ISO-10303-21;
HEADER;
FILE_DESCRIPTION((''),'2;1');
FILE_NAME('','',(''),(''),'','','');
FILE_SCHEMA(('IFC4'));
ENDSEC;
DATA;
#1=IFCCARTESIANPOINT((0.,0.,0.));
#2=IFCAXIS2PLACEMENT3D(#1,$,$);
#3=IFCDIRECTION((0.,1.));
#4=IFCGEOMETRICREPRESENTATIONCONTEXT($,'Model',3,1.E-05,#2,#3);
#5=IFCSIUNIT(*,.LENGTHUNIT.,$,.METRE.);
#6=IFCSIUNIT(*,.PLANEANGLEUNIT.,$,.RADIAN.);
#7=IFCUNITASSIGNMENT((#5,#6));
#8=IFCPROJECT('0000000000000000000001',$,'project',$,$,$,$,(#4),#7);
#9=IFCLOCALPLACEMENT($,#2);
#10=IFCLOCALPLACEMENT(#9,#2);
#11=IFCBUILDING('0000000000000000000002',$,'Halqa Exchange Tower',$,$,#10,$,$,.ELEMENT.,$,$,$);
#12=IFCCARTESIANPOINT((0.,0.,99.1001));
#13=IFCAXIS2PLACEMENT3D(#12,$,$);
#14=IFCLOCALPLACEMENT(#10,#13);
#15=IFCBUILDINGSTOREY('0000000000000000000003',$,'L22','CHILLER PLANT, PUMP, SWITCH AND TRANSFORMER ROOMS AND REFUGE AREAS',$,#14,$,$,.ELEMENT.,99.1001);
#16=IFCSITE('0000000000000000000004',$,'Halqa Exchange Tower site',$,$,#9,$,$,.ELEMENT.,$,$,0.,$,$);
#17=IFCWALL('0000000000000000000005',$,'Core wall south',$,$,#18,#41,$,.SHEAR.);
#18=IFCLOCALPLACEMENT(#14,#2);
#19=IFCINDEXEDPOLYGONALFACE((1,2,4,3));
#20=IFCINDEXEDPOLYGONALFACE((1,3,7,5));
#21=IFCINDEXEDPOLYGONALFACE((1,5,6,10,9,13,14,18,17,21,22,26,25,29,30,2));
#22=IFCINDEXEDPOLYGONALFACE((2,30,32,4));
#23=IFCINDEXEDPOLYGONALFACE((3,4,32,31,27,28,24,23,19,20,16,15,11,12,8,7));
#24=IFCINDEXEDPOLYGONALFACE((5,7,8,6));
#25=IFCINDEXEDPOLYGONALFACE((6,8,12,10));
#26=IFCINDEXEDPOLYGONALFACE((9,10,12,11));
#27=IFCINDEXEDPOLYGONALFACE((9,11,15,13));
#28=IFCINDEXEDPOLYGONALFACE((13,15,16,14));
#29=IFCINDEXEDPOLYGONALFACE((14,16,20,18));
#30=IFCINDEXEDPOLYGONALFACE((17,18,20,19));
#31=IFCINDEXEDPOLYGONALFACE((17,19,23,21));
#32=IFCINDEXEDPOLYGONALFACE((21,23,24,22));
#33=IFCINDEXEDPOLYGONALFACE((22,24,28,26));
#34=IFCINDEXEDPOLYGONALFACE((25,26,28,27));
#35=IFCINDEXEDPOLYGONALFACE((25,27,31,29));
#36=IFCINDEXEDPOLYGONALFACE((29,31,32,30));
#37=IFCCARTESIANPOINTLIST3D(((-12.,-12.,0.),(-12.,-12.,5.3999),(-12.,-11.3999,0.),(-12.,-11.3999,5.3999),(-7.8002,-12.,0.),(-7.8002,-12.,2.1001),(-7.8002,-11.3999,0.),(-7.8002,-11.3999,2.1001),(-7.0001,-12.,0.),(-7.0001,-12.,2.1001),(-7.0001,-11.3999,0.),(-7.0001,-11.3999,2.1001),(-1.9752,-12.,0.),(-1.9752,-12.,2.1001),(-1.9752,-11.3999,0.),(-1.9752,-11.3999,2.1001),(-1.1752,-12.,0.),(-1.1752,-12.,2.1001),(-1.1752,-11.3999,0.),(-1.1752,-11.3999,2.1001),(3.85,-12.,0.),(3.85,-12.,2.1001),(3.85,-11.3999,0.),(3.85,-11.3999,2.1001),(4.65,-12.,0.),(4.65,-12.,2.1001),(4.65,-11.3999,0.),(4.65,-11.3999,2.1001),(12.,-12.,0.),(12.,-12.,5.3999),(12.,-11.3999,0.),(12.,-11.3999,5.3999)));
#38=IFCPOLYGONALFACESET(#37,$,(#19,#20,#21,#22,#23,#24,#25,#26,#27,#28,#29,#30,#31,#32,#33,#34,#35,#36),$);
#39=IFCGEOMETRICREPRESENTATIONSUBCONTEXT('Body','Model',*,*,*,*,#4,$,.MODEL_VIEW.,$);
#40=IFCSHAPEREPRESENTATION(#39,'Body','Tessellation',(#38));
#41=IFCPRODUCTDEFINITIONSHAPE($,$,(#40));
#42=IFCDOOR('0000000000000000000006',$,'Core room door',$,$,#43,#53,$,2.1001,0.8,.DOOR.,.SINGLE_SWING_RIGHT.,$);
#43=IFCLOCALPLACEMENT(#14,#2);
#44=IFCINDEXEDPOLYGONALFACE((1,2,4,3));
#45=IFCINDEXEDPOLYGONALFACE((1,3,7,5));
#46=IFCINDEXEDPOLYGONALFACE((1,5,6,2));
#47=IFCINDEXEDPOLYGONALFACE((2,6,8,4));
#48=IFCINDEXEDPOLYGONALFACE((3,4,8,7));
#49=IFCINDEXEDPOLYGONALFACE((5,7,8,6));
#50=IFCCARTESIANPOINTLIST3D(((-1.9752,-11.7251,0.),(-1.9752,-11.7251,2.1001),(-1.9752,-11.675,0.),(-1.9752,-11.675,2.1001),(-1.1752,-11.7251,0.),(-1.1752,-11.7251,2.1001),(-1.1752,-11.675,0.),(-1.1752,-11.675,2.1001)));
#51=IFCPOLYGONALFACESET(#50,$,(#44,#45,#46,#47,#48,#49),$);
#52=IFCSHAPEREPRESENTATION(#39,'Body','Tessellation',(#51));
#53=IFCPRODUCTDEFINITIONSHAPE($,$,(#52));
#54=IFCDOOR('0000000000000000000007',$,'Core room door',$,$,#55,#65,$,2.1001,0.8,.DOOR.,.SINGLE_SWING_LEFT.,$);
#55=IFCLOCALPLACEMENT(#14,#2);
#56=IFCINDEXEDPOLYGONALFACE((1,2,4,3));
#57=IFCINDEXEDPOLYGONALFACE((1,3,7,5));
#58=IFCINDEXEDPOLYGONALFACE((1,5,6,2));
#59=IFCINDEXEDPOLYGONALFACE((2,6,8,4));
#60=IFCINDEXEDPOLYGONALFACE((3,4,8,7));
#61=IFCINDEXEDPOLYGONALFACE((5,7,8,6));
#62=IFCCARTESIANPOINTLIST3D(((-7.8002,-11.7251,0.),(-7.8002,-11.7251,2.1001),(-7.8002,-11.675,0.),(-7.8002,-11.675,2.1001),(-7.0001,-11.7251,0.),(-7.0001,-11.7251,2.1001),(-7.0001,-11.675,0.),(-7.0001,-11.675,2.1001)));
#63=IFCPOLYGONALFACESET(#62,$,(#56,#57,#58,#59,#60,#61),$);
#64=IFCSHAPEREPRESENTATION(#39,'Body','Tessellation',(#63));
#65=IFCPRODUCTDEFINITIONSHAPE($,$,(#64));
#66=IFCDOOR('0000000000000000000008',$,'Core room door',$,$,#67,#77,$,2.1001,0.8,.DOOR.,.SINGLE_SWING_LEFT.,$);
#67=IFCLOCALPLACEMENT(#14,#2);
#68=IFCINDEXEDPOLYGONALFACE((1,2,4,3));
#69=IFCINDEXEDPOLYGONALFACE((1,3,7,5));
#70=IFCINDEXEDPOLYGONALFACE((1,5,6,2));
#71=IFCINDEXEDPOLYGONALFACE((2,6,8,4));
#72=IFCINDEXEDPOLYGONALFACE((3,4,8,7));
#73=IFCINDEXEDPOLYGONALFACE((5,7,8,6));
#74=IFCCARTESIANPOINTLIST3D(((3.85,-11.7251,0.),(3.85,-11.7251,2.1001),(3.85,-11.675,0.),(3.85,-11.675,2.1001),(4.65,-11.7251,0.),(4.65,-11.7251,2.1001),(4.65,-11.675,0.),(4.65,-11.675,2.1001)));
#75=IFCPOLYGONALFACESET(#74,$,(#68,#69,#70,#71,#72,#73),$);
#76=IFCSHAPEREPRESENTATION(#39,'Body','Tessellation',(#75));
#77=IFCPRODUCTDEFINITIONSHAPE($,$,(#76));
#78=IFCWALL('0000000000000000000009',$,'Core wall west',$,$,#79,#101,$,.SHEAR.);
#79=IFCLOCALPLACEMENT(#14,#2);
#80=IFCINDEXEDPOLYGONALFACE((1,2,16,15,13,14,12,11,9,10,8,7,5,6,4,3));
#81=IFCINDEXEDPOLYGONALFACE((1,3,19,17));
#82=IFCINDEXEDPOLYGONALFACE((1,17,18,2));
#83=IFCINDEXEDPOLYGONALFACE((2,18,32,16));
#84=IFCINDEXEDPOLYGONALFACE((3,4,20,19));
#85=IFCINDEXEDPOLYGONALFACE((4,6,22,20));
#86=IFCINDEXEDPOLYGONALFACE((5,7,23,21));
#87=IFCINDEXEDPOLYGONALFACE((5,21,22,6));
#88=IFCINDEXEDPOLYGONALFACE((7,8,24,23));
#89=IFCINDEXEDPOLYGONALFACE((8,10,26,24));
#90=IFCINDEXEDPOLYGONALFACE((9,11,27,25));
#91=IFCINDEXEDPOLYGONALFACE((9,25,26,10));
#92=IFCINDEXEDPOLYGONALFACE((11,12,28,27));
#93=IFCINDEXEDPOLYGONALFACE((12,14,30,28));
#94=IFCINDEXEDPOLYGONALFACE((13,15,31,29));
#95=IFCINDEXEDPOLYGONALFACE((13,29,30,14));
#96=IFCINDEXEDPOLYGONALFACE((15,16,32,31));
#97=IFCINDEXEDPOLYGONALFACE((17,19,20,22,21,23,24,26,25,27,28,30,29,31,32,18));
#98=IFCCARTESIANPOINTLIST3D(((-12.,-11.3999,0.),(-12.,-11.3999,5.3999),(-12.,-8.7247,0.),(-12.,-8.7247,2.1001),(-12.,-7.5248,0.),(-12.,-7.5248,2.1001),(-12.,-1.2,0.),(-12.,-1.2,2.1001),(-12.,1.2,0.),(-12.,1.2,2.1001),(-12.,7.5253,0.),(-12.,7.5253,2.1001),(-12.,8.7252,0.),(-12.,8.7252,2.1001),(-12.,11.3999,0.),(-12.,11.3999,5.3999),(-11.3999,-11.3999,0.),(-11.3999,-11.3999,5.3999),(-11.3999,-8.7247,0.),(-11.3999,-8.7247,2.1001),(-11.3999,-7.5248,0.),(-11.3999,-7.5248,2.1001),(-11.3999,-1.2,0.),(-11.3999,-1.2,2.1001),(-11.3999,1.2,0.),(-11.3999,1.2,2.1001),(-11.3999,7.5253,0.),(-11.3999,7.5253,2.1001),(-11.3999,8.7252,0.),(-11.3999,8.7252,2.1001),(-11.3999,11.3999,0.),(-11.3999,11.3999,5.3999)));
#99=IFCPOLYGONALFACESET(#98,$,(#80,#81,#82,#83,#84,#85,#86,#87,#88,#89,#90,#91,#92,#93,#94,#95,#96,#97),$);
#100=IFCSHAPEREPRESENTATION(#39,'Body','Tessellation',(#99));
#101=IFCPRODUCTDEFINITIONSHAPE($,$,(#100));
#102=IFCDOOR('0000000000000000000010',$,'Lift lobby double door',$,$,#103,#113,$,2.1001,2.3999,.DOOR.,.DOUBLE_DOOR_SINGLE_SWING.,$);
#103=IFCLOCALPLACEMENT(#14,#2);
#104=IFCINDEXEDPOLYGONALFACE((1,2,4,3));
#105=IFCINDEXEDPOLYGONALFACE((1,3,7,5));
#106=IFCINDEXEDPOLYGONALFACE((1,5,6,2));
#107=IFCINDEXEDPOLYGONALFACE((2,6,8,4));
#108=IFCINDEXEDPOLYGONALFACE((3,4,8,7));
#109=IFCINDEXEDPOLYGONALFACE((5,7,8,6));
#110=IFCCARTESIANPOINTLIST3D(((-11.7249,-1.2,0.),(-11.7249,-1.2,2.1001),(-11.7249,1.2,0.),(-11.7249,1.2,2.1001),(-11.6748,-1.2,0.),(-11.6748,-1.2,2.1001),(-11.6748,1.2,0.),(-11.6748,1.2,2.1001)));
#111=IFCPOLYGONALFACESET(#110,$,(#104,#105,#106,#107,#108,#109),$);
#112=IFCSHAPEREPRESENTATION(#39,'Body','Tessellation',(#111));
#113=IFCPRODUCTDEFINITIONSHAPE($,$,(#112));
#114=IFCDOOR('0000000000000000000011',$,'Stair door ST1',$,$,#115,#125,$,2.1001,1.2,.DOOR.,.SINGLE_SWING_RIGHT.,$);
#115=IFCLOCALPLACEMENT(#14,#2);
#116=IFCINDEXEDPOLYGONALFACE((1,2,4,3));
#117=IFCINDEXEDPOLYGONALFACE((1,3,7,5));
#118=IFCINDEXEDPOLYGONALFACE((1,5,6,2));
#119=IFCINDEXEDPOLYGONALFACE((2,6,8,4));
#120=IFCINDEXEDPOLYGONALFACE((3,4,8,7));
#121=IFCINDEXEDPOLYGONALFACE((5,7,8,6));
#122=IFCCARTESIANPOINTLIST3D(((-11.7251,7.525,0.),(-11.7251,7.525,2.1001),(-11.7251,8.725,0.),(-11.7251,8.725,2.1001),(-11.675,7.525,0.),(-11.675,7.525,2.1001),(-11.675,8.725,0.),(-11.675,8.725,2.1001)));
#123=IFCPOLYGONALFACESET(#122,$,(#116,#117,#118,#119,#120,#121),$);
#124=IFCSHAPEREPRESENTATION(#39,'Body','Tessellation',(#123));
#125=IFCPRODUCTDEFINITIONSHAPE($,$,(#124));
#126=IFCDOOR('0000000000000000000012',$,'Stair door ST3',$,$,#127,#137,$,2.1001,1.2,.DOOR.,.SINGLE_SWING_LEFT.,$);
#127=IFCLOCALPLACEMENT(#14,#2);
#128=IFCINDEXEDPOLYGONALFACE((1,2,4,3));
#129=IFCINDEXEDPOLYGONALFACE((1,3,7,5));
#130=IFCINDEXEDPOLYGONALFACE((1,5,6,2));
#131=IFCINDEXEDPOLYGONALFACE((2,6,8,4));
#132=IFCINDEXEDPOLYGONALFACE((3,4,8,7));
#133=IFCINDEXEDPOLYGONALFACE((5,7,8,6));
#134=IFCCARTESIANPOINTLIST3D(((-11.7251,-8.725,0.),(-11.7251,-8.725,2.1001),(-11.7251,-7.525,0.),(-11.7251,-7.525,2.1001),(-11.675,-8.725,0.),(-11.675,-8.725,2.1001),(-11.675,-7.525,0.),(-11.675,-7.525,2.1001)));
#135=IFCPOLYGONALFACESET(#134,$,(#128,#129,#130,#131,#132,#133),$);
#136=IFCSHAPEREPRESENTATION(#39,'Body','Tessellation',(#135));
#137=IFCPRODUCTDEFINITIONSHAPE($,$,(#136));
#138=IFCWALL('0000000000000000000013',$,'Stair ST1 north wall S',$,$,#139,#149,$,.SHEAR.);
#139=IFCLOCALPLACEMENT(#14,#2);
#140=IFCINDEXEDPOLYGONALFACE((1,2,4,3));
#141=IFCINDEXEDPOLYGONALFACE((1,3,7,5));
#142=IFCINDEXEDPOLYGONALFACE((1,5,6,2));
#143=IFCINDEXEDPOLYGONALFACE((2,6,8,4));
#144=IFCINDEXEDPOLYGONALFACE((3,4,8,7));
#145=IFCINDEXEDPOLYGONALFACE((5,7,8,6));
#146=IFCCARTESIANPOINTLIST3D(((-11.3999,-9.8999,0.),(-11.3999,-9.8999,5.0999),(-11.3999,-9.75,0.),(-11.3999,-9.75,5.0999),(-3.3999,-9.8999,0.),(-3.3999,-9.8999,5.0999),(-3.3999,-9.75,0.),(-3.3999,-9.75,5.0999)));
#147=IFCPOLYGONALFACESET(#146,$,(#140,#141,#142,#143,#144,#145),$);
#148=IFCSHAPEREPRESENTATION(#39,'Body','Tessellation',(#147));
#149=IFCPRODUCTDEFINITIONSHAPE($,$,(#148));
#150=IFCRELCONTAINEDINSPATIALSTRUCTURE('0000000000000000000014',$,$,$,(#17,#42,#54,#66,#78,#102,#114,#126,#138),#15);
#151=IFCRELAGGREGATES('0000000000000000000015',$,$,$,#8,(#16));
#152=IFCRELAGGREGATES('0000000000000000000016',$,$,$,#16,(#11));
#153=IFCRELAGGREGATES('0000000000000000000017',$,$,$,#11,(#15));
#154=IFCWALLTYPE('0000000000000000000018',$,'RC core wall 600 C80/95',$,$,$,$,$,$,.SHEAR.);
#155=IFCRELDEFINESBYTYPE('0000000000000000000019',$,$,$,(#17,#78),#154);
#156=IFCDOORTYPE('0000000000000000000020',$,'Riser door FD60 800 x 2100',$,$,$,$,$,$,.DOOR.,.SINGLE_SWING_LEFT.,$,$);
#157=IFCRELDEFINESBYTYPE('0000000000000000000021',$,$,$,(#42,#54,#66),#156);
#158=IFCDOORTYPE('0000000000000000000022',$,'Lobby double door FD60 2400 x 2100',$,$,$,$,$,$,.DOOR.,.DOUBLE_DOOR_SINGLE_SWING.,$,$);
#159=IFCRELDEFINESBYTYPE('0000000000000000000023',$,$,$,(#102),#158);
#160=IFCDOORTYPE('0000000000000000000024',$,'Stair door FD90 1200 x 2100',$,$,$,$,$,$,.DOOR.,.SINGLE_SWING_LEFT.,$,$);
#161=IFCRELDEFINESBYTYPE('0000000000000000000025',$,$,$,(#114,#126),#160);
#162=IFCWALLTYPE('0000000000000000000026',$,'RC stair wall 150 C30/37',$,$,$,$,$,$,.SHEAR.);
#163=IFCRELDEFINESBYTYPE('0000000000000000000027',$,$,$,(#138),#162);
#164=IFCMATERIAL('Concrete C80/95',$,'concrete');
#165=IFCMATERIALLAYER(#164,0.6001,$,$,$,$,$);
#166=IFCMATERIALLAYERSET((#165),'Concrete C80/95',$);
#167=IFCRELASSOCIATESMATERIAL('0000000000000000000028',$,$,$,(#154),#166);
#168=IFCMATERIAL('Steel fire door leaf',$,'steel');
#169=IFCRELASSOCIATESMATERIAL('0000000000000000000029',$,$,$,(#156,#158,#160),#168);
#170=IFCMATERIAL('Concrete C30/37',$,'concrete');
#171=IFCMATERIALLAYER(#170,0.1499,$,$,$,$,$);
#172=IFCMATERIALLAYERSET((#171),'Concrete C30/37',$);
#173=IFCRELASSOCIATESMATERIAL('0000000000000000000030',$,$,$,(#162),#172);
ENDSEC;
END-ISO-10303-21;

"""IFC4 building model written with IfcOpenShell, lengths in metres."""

from ifc_helpers import new_model, si_unit, direction, frame, frame_2d, origin, place, context, subcontext, project, spatial, rectangle, extrude, material, layer, layer_set, type_object, element, fill, save


model = new_model("IFC4")

# Units and contexts
model_context = context("Model", 3, precision=1e-05, world=origin(), true_north=direction((0.0, 1.0)))
body_context = subcontext(model_context, "Body", "Model", "MODEL_VIEW")
ifc_project = project(units=[si_unit("LENGTHUNIT", "METRE"), si_unit("PLANEANGLEUNIT", "RADIAN")], contexts=[model_context])

# Site, building, storey
site_placement = place(None, origin())
site = spatial("IfcSite", under=ifc_project, at=site_placement, Name="Halqa Exchange Tower site", CompositionType="ELEMENT", RefElevation=0.0)
building_placement = place(site_placement, origin())
building = spatial("IfcBuilding", under=site, at=building_placement, Name="Halqa Exchange Tower", CompositionType="ELEMENT")
storey_placement = place(building_placement, frame((0.0, 0.0, 99.1001)))
storey = spatial("IfcBuildingStorey", under=building, at=storey_placement, Name="L22", Description="CHILLER PLANT, PUMP, SWITCH AND TRANSFORMER ROOMS AND REFUGE AREAS", CompositionType="ELEMENT", Elevation=99.1001)

# Shared definitions
ifc_material_1 = material(Name="Steel fire door leaf", Category="steel")

# Walls, openings, doors
ifc_material_2 = material(Name="Concrete C80/95", Category="concrete")
ifc_layer_1 = layer(ifc_material_2, 0.6001)
ifc_layer_set_1 = layer_set([ifc_layer_1], Name="Concrete C80/95")
wall_type_1 = type_object("IfcWallType", Name="RC core wall 600 C80/95", PredefinedType="SHEAR", material=ifc_layer_set_1)
wall_1_placement = place(storey_placement, frame((-12.0, -11.7, 0.0), z_axis=(0.0, 0.0, 1.0), x_axis=(1.0, 0.0, 0.0)))
wall_1 = element("IfcWall", 1, at=wall_1_placement, inside=storey, type_object=wall_type_1, Name="Core wall south", PredefinedType="SHEAR", context=body_context, shape_type="SweptSolid", body=[
    extrude(rectangle(XDim=24.0, YDim=0.6001, at=frame_2d((12.0, 0.0))), origin(), (0.0, 0.0, 1.0), 5.3999),
])
opening_1_placement = place(wall_1_placement, frame((10.0249, 0.0, 0.0)))
opening_1 = element("IfcOpeningElement", 2, at=opening_1_placement, cuts=wall_1, PredefinedType="OPENING", context=body_context, shape_type="SweptSolid", body=[
    extrude(rectangle(XDim=0.8, YDim=2.1001, at=frame_2d((0.3999, 1.05))), frame((0.0, 0.312, 0.0), z_axis=(0.0, -1.0, 0.0), x_axis=(1.0, 0.0, 0.0)), (0.0, 0.0, 1.0), 0.624),
])
opening_2_placement = place(wall_1_placement, frame((4.2, 0.0, 0.0)))
opening_2 = element("IfcOpeningElement", 3, at=opening_2_placement, cuts=wall_1, PredefinedType="OPENING", context=body_context, shape_type="SweptSolid", body=[
    extrude(rectangle(XDim=0.8, YDim=2.1001, at=frame_2d((0.3999, 1.05))), frame((0.0, 0.312, 0.0), z_axis=(0.0, -1.0, 0.0), x_axis=(1.0, 0.0, 0.0)), (0.0, 0.0, 1.0), 0.624),
])
opening_3_placement = place(wall_1_placement, frame((15.8501, 0.0, 0.0)))
opening_3 = element("IfcOpeningElement", 4, at=opening_3_placement, cuts=wall_1, PredefinedType="OPENING", context=body_context, shape_type="SweptSolid", body=[
    extrude(rectangle(XDim=0.8, YDim=2.1001, at=frame_2d((0.3999, 1.05))), frame((0.0, 0.312, 0.0), z_axis=(0.0, -1.0, 0.0), x_axis=(1.0, 0.0, 0.0)), (0.0, 0.0, 1.0), 0.624),
])
door_type_1 = type_object("IfcDoorType", Name="Riser door FD60 800 x 2100", OperationType="SINGLE_SWING_LEFT", PredefinedType="DOOR", material=ifc_material_1)
door_1_placement = place(opening_1_placement, origin())
door_1 = element("IfcDoor", 5, at=door_1_placement, inside=storey, type_object=door_type_1, Name="Core room door", OperationType="SINGLE_SWING_RIGHT", OverallHeight=2.1001, OverallWidth=0.8, PredefinedType="DOOR", context=body_context, shape_type="SweptSolid", body=[
    extrude(rectangle(XDim=0.8, YDim=2.1001, at=frame_2d((0.3999, 1.05))), frame((0.0, 0.0249, 0.0), z_axis=(0.0, -1.0, 0.0), x_axis=(1.0, 0.0, 0.0)), (0.0, 0.0, 1.0), 0.05),
])
fill(opening_1, door_1)
door_2_placement = place(opening_2_placement, origin())
door_2 = element("IfcDoor", 6, at=door_2_placement, inside=storey, type_object=door_type_1, Name="Core room door", OperationType="SINGLE_SWING_LEFT", OverallHeight=2.1001, OverallWidth=0.8, PredefinedType="DOOR", context=body_context, shape_type="SweptSolid", body=[
    extrude(rectangle(XDim=0.8, YDim=2.1001, at=frame_2d((0.3999, 1.05))), frame((0.0, 0.0249, 0.0), z_axis=(0.0, -1.0, 0.0), x_axis=(1.0, 0.0, 0.0)), (0.0, 0.0, 1.0), 0.05),
])
fill(opening_2, door_2)
door_3_placement = place(opening_3_placement, origin())
door_3 = element("IfcDoor", 7, at=door_3_placement, inside=storey, type_object=door_type_1, Name="Core room door", OperationType="SINGLE_SWING_LEFT", OverallHeight=2.1001, OverallWidth=0.8, PredefinedType="DOOR", context=body_context, shape_type="SweptSolid", body=[
    extrude(rectangle(XDim=0.8, YDim=2.1001, at=frame_2d((0.3999, 1.05))), frame((0.0, 0.0249, 0.0), z_axis=(0.0, -1.0, 0.0), x_axis=(1.0, 0.0, 0.0)), (0.0, 0.0, 1.0), 0.05),
])
fill(opening_3, door_3)
wall_2_placement = place(storey_placement, frame((-11.7, -11.3999, 0.0), z_axis=(0.0, 0.0, 1.0), x_axis=(0.0, 1.0, 0.0)))
wall_2 = element("IfcWall", 8, at=wall_2_placement, inside=storey, type_object=wall_type_1, Name="Core wall west", PredefinedType="SHEAR", context=body_context, shape_type="SweptSolid", body=[
    extrude(rectangle(XDim=22.7998, YDim=0.6001, at=frame_2d((11.3999, 0.0))), origin(), (0.0, 0.0, 1.0), 5.3999),
])
opening_4_placement = place(wall_2_placement, frame((10.2, 0.0, 0.0)))
opening_4 = element("IfcOpeningElement", 9, at=opening_4_placement, cuts=wall_2, PredefinedType="OPENING", context=body_context, shape_type="SweptSolid", body=[
    extrude(rectangle(XDim=2.3999, YDim=2.1001, at=frame_2d((1.2, 1.05))), frame((0.0, 0.312, 0.0), z_axis=(0.0, -1.0, 0.0), x_axis=(1.0, 0.0, 0.0)), (0.0, 0.0, 1.0), 0.624),
])
opening_5_placement = place(wall_2_placement, frame((18.925, 0.0, 0.0)))
opening_5 = element("IfcOpeningElement", 10, at=opening_5_placement, cuts=wall_2, PredefinedType="OPENING", context=body_context, shape_type="SweptSolid", body=[
    extrude(rectangle(XDim=1.2, YDim=2.1001, at=frame_2d((0.6001, 1.05))), frame((0.0, 0.312, 0.0), z_axis=(0.0, -1.0, 0.0), x_axis=(1.0, 0.0, 0.0)), (0.0, 0.0, 1.0), 0.624),
])
opening_6_placement = place(wall_2_placement, frame((2.675, 0.0, 0.0)))
opening_6 = element("IfcOpeningElement", 11, at=opening_6_placement, cuts=wall_2, PredefinedType="OPENING", context=body_context, shape_type="SweptSolid", body=[
    extrude(rectangle(XDim=1.2, YDim=2.1001, at=frame_2d((0.6001, 1.05))), frame((0.0, 0.312, 0.0), z_axis=(0.0, -1.0, 0.0), x_axis=(1.0, 0.0, 0.0)), (0.0, 0.0, 1.0), 0.624),
])
door_type_2 = type_object("IfcDoorType", Name="Lobby double door FD60 2400 x 2100", OperationType="DOUBLE_DOOR_SINGLE_SWING", PredefinedType="DOOR", material=ifc_material_1)
door_4_placement = place(opening_4_placement, origin())
door_4 = element("IfcDoor", 12, at=door_4_placement, inside=storey, type_object=door_type_2, Name="Lift lobby double door", OperationType="DOUBLE_DOOR_SINGLE_SWING", OverallHeight=2.1001, OverallWidth=2.3999, PredefinedType="DOOR", context=body_context, shape_type="SweptSolid", body=[
    extrude(rectangle(XDim=2.3999, YDim=2.1001, at=frame_2d((1.2, 1.05))), frame((0.0, 0.0249, 0.0), z_axis=(0.0, -1.0, 0.0), x_axis=(1.0, 0.0, 0.0)), (0.0, 0.0, 1.0), 0.05),
])
fill(opening_4, door_4)
door_type_3 = type_object("IfcDoorType", Name="Stair door FD90 1200 x 2100", OperationType="SINGLE_SWING_LEFT", PredefinedType="DOOR", material=ifc_material_1)
door_5_placement = place(opening_5_placement, frame((1.2, 0.0, 0.0), z_axis=(0.0, 0.0, 1.0), x_axis=(-1.0, 0.0, 0.0)))
door_5 = element("IfcDoor", 13, at=door_5_placement, inside=storey, type_object=door_type_3, Name="Stair door ST1", OperationType="SINGLE_SWING_RIGHT", OverallHeight=2.1001, OverallWidth=1.2, PredefinedType="DOOR", context=body_context, shape_type="SweptSolid", body=[
    extrude(rectangle(XDim=1.2, YDim=2.1001, at=frame_2d((0.6001, 1.05))), frame((0.0, 0.0249, 0.0), z_axis=(0.0, -1.0, 0.0), x_axis=(1.0, 0.0, 0.0)), (0.0, 0.0, 1.0), 0.05),
])
fill(opening_5, door_5)
door_6_placement = place(opening_6_placement, frame((1.2, 0.0, 0.0), z_axis=(0.0, 0.0, 1.0), x_axis=(-1.0, 0.0, 0.0)))
door_6 = element("IfcDoor", 14, at=door_6_placement, inside=storey, type_object=door_type_3, Name="Stair door ST3", OperationType="SINGLE_SWING_LEFT", OverallHeight=2.1001, OverallWidth=1.2, PredefinedType="DOOR", context=body_context, shape_type="SweptSolid", body=[
    extrude(rectangle(XDim=1.2, YDim=2.1001, at=frame_2d((0.6001, 1.05))), frame((0.0, 0.0249, 0.0), z_axis=(0.0, -1.0, 0.0), x_axis=(1.0, 0.0, 0.0)), (0.0, 0.0, 1.0), 0.05),
])
fill(opening_6, door_6)

# Wall
ifc_material_3 = material(Name="Concrete C30/37", Category="concrete")
ifc_layer_2 = layer(ifc_material_3, 0.1499)
ifc_layer_set_2 = layer_set([ifc_layer_2], Name="Concrete C30/37")
wall_type_2 = type_object("IfcWallType", Name="RC stair wall 150 C30/37", PredefinedType="SHEAR", material=ifc_layer_set_2)
wall_3_placement = place(storey_placement, frame((-11.3999, -9.825, 0.0), z_axis=(0.0, 0.0, 1.0), x_axis=(1.0, 0.0, 0.0)))
element("IfcWall", 15, at=wall_3_placement, inside=storey, type_object=wall_type_2, Name="Stair ST1 north wall S", PredefinedType="SHEAR", context=body_context, shape_type="SweptSolid", body=[
    extrude(rectangle(XDim=8.0, YDim=0.1499, at=frame_2d((4.0, 0.0))), origin(), (0.0, 0.0, 1.0), 5.0999),
])

save(model, "model.ifc")
